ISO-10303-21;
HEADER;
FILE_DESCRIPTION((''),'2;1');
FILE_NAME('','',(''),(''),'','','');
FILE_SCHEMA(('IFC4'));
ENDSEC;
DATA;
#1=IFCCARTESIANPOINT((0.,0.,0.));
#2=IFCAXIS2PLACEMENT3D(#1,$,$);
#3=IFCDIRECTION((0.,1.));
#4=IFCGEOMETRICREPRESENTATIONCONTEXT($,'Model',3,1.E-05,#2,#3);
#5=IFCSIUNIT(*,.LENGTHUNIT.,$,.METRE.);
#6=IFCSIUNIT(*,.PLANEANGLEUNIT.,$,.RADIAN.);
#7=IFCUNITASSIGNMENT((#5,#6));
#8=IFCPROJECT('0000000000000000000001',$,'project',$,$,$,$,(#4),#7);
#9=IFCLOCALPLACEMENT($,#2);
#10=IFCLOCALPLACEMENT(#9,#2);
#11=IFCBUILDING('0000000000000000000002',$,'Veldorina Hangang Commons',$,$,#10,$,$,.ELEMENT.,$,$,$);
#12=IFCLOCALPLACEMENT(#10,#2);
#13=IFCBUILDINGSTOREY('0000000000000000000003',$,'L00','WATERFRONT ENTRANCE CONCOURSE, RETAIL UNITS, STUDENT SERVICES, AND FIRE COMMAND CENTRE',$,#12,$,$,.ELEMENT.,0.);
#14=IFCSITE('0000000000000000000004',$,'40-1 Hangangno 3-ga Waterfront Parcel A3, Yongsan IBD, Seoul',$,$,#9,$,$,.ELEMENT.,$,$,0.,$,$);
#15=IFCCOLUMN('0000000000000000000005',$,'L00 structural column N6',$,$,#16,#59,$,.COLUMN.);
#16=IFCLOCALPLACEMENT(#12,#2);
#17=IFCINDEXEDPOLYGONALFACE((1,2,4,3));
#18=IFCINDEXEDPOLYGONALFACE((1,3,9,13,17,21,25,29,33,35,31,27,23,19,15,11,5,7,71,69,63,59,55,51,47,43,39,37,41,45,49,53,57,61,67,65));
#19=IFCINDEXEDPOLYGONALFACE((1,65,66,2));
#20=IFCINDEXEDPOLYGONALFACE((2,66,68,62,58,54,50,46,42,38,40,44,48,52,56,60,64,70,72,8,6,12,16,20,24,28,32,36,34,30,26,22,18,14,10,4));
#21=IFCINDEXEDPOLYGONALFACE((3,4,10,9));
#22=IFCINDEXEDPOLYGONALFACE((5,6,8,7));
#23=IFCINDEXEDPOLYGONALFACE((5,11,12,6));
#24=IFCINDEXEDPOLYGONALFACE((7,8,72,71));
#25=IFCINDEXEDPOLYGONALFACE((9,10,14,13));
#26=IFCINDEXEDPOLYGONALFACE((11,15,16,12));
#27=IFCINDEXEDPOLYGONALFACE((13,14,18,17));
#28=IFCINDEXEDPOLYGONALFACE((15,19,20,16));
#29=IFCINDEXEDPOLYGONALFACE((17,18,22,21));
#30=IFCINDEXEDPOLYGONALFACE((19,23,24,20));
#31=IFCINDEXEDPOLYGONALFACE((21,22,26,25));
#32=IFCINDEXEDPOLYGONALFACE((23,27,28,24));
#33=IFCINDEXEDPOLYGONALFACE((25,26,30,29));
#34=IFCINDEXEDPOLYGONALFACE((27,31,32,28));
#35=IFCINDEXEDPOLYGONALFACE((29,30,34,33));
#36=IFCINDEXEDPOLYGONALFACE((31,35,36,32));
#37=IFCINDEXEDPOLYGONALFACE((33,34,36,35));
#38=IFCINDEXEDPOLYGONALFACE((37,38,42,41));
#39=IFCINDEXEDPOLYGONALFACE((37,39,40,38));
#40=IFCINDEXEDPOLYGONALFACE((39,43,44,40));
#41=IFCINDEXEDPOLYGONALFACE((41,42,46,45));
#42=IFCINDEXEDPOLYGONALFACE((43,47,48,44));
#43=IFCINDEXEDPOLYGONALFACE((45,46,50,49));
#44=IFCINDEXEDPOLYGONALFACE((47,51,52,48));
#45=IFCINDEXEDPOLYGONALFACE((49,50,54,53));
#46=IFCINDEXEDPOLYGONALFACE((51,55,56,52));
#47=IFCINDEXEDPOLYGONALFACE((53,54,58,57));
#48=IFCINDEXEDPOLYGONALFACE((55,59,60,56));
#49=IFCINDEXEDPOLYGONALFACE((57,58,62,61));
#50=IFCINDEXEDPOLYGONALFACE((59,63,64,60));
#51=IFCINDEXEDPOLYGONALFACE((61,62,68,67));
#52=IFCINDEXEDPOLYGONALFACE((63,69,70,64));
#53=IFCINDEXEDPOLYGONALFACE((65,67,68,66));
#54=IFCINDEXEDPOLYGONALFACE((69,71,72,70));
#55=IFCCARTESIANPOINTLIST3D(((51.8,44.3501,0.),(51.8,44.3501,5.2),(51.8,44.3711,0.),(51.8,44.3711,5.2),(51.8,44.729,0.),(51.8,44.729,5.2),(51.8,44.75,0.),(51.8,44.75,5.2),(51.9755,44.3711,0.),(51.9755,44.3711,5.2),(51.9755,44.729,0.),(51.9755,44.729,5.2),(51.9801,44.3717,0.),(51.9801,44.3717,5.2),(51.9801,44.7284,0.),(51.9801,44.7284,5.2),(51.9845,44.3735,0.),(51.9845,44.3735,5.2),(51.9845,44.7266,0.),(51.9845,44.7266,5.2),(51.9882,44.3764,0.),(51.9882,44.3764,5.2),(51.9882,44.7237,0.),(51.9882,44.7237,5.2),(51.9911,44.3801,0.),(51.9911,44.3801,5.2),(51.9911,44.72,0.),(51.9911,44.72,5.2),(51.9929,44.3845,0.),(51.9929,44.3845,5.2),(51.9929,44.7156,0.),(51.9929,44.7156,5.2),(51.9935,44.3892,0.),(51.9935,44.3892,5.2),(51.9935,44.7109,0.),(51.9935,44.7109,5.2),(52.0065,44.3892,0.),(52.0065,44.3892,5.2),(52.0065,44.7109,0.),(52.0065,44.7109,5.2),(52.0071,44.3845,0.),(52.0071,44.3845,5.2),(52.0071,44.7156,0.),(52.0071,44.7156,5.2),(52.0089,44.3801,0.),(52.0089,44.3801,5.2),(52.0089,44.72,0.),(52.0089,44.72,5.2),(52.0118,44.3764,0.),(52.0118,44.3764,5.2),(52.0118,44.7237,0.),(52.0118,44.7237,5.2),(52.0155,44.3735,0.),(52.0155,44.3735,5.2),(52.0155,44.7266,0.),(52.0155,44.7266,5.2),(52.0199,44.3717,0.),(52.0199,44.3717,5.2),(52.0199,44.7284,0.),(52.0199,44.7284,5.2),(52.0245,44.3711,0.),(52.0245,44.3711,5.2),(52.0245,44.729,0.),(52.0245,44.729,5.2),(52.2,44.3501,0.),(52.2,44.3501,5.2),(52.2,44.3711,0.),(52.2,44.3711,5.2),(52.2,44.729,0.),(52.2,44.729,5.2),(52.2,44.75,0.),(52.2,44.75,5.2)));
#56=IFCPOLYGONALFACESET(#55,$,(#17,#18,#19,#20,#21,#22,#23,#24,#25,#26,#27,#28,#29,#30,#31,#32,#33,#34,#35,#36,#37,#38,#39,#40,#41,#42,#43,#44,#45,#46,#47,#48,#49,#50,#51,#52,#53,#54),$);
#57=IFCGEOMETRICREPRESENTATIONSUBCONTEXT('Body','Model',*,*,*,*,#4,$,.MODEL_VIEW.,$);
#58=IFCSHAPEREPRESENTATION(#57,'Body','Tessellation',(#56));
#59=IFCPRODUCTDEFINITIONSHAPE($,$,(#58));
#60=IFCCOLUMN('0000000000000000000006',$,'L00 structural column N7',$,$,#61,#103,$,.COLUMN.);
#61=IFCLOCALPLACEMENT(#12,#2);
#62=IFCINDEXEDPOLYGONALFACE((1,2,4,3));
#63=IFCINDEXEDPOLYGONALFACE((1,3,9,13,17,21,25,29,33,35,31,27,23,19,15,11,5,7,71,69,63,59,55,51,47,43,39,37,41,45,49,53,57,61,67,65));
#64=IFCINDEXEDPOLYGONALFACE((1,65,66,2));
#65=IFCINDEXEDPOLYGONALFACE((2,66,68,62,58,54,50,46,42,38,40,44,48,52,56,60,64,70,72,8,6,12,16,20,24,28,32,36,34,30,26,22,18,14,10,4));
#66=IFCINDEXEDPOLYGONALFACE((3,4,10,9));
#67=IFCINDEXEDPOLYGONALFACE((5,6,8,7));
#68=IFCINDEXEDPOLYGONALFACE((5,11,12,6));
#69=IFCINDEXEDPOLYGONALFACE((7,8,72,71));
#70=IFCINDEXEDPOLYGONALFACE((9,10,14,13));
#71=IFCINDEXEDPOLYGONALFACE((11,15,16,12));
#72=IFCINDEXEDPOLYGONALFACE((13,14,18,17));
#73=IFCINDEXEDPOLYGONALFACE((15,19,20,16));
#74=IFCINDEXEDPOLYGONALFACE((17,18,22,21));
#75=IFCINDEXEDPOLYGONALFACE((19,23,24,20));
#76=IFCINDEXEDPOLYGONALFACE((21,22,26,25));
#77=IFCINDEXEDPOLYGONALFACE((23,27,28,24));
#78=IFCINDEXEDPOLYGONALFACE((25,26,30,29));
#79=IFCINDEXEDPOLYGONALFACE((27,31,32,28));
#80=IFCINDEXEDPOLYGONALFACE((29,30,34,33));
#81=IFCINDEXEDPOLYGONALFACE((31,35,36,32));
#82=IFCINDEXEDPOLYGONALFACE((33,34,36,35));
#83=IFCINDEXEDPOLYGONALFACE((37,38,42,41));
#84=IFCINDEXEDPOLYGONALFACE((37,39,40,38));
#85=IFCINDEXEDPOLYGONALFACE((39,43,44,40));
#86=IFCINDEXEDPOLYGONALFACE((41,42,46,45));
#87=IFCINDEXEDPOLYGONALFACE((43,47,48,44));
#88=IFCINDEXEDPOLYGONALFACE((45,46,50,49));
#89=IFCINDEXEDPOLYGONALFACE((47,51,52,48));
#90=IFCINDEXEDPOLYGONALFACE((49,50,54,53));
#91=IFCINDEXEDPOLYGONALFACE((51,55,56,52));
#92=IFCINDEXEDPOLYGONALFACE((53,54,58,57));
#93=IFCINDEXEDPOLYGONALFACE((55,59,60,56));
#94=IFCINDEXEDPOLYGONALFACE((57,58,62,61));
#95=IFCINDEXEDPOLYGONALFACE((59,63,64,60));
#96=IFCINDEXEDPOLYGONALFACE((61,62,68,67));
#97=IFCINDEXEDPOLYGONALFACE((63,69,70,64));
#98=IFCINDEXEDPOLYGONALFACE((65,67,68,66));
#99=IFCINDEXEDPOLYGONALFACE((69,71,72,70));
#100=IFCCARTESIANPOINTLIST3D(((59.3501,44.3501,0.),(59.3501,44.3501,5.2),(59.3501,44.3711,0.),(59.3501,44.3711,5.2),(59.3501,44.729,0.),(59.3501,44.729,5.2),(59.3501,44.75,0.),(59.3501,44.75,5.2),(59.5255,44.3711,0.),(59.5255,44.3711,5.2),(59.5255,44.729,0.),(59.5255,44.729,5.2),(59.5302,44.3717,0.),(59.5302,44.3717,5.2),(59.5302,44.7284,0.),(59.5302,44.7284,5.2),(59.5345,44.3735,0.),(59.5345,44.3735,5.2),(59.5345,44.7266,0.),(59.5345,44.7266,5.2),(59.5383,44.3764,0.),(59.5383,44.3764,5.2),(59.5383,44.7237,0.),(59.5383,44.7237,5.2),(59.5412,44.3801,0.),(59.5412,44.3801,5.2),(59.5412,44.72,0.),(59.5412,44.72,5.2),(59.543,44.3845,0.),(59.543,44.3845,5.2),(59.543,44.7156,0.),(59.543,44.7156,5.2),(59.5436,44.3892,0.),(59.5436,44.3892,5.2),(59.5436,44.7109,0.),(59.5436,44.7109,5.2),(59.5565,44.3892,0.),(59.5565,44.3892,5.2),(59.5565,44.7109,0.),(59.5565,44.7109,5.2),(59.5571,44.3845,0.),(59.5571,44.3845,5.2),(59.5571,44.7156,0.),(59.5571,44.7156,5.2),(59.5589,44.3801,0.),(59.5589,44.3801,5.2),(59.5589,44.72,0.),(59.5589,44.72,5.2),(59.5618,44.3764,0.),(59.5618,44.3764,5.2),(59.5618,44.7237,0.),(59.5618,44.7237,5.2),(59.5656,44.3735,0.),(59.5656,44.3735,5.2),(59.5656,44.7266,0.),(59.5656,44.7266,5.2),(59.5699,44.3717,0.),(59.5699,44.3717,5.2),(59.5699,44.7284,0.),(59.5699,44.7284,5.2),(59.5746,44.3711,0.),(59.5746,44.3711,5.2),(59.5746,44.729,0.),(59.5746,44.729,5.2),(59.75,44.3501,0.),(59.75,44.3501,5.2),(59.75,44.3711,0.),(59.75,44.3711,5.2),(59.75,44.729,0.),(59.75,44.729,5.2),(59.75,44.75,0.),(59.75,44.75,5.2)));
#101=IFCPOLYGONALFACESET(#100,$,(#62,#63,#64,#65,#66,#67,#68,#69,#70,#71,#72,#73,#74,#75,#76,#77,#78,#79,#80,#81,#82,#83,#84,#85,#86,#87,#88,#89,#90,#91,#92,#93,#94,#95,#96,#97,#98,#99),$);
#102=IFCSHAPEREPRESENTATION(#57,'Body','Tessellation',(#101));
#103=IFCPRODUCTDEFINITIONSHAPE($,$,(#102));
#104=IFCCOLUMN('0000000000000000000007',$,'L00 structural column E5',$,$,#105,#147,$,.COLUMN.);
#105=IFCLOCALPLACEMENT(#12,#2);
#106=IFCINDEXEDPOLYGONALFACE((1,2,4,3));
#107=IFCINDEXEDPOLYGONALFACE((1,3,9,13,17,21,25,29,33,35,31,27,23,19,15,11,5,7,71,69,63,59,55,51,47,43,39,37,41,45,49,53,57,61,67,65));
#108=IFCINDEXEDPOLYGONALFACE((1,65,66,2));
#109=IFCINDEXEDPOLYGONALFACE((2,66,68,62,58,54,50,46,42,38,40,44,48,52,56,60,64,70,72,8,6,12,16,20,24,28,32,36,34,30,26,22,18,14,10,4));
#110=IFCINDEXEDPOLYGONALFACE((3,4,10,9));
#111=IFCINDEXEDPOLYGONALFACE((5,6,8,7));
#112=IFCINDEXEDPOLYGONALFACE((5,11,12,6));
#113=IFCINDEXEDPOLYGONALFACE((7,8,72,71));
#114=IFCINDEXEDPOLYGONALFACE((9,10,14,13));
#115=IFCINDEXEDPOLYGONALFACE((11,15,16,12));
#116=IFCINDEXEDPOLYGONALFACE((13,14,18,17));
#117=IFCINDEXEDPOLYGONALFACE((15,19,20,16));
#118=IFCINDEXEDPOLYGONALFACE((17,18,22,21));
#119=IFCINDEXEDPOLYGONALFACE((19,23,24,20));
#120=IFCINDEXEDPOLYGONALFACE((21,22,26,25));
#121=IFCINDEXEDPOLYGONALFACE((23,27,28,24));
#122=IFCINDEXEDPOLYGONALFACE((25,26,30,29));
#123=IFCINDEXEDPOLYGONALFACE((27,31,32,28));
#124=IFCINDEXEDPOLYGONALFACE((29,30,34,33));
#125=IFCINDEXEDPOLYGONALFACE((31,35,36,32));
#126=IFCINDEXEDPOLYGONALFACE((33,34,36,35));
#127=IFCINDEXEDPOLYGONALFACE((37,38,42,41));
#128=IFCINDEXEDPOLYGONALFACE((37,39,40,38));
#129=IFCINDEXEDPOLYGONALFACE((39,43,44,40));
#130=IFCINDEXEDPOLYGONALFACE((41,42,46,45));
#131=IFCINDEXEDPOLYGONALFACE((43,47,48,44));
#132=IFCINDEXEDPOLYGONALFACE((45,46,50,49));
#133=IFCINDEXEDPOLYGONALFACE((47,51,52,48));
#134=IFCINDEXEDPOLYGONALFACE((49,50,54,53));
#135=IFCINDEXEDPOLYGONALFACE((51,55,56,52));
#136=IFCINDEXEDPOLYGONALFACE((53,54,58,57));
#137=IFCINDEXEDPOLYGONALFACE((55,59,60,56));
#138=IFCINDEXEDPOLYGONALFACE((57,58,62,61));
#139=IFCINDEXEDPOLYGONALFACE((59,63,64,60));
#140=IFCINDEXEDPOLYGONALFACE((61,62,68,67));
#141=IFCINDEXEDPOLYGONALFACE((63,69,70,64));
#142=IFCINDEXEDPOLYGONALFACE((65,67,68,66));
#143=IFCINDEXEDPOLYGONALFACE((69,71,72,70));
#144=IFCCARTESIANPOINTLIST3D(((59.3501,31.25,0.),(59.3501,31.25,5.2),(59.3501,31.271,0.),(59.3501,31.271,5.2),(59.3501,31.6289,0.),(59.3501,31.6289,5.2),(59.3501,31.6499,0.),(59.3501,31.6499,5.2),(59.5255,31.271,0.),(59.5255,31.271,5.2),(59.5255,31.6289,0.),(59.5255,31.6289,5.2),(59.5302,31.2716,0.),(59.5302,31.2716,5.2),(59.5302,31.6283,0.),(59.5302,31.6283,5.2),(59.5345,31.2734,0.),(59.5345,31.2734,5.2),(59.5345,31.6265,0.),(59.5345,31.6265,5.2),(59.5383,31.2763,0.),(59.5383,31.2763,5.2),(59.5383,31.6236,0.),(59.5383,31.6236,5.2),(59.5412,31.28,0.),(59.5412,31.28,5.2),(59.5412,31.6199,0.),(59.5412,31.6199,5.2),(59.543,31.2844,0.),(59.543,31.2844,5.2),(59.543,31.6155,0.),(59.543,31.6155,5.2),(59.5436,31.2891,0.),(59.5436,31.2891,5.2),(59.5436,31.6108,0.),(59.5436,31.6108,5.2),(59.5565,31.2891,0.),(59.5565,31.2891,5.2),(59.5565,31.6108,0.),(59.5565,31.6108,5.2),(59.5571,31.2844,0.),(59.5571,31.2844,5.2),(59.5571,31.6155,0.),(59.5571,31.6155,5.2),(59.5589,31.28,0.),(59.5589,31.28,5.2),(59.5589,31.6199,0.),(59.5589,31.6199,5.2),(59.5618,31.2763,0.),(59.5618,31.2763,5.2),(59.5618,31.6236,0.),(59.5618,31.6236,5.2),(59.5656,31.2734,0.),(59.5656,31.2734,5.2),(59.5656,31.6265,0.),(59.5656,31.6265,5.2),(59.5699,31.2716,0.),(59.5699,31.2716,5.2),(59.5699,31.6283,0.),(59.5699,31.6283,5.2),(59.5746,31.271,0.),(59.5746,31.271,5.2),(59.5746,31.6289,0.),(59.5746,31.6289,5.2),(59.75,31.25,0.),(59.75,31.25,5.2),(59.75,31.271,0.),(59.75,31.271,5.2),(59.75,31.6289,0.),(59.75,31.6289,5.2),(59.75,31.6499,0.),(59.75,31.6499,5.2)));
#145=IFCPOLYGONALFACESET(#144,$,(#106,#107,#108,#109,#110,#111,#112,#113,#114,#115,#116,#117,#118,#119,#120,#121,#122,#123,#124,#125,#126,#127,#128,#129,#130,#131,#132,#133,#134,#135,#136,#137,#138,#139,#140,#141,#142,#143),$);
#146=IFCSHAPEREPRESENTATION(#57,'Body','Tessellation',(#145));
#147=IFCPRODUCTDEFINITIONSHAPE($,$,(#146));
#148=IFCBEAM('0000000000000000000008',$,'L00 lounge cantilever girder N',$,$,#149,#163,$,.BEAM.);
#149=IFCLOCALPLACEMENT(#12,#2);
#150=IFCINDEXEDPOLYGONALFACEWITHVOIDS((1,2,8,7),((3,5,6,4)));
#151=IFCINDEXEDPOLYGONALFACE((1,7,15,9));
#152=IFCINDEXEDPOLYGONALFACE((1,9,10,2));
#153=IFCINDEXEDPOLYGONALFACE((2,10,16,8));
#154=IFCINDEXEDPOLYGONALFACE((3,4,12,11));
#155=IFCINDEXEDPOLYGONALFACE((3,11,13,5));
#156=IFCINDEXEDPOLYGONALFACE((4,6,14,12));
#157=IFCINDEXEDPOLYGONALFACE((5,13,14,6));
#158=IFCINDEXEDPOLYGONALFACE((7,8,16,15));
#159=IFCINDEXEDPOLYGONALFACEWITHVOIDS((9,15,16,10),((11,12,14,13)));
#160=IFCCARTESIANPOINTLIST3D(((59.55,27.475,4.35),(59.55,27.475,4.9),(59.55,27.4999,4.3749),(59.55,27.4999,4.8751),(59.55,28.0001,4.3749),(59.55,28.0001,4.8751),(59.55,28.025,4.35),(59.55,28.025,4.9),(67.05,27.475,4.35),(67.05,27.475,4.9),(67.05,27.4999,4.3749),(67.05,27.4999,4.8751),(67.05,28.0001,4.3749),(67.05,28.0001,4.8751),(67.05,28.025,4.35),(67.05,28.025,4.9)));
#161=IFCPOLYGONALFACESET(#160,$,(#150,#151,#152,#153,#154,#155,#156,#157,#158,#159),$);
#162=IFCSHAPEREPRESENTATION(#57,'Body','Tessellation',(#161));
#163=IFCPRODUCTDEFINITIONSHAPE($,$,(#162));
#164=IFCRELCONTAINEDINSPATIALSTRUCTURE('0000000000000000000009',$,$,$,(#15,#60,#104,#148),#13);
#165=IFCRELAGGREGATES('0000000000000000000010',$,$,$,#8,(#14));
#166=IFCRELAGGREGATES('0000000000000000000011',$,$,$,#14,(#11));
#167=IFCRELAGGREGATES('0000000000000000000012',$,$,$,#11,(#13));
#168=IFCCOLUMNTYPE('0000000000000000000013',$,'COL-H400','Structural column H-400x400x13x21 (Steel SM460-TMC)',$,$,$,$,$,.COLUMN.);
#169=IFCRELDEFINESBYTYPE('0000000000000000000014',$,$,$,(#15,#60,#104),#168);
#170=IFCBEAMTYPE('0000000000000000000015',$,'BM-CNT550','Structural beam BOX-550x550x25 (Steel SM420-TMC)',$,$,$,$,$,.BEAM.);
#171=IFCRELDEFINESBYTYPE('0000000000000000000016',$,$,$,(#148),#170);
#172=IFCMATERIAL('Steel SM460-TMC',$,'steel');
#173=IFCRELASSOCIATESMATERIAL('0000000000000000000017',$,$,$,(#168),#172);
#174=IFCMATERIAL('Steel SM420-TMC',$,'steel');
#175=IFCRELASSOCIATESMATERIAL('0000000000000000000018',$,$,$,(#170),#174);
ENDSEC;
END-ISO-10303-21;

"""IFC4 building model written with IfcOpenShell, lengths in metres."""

from ifc_helpers import new_model, si_unit, direction, frame, origin, origin_2d, place, context, subcontext, project, spatial, hollow_rectangle, i_section, extrude, material, material_profile, profile_set, type_object, element, save


model = new_model("IFC4")

# Units and contexts
model_context = context("Model", 3, precision=1e-05, world=origin(), true_north=direction((0.0, 1.0)))
body_context = subcontext(model_context, "Body", "Model", "MODEL_VIEW")
ifc_project = project(units=[si_unit("LENGTHUNIT", "METRE"), si_unit("PLANEANGLEUNIT", "RADIAN")], contexts=[model_context])

# Site, building, storey
site_placement = place(None, origin())
site = spatial("IfcSite", under=ifc_project, at=site_placement, Name="40-1 Hangangno 3-ga Waterfront Parcel A3, Yongsan IBD, Seoul", CompositionType="ELEMENT", RefElevation=0.0)
building_placement = place(site_placement, origin())
building = spatial("IfcBuilding", under=site, at=building_placement, Name="Veldorina Hangang Commons", CompositionType="ELEMENT")
storey_placement = place(building_placement, origin())
storey = spatial("IfcBuildingStorey", under=building, at=storey_placement, Name="L00", Description="WATERFRONT ENTRANCE CONCOURSE, RETAIL UNITS, STUDENT SERVICES, AND FIRE COMMAND CENTRE", CompositionType="ELEMENT", Elevation=0.0)

# Columns
ifc_material_1 = material(Name="Steel SM460-TMC", Category="steel")
ifc_material_profile_1 = material_profile(ifc_material_1, i_section(OverallWidth=0.3999, OverallDepth=0.3999, WebThickness=0.0129, FlangeThickness=0.021, FilletRadius=0.0181, at=origin_2d()), Name="H-400x400x13x21")
ifc_profile_set_1 = profile_set([ifc_material_profile_1], Name="Steel SM460-TMC")
column_type = type_object("IfcColumnType", Name="COL-H400", Description="Structural column H-400x400x13x21 (Steel SM460-TMC)", PredefinedType="COLUMN", material=ifc_profile_set_1)
for number, where, z_axis, x_axis, name in (
    (1, (52.0, 44.55, 0.0), (0.0, 0.0, 1.0), (1.0, 0.0, 0.0), "L00 structural column N6"),
    (2, (59.55, 44.55, 0.0), (0.0, 0.0, 1.0), (1.0, 0.0, 0.0), "L00 structural column N7"),
    (3, (59.55, 31.45, 0.0), (0.0, 0.0, 1.0), (1.0, 0.0, 0.0), "L00 structural column E5"),
):
    element("IfcColumn", number, at=place(storey_placement, frame(where, z_axis=z_axis, x_axis=x_axis)), inside=storey, type_object=column_type, Name=name, PredefinedType="COLUMN", context=body_context, shape_type="SweptSolid", body=[
        extrude(i_section(OverallWidth=0.3999, OverallDepth=0.3999, WebThickness=0.0129, FlangeThickness=0.021, FilletRadius=0.0181, at=origin_2d()), origin(), (0.0, 0.0, 1.0), 5.2),
    ])

# Beam
ifc_material_2 = material(Name="Steel SM420-TMC", Category="steel")
ifc_material_profile_2 = material_profile(ifc_material_2, hollow_rectangle(XDim=0.55, YDim=0.55, WallThickness=0.0249, at=origin_2d()), Name="BOX-550x550x25")
ifc_profile_set_2 = profile_set([ifc_material_profile_2], Name="Steel SM420-TMC")
beam_type_1 = type_object("IfcBeamType", Name="BM-CNT550", Description="Structural beam BOX-550x550x25 (Steel SM420-TMC)", PredefinedType="BEAM", material=ifc_profile_set_2)
beam_1_placement = place(storey_placement, frame((59.55, 27.75, 4.625), z_axis=(1.0, 0.0, 0.0), x_axis=(0.0, 1.0, 0.0)))
element("IfcBeam", 4, at=beam_1_placement, inside=storey, type_object=beam_type_1, Name="L00 lounge cantilever girder N", PredefinedType="BEAM", context=body_context, shape_type="SweptSolid", body=[
    extrude(hollow_rectangle(XDim=0.55, YDim=0.55, WallThickness=0.0249, at=origin_2d()), origin(), (0.0, 0.0, 1.0), 7.5),
])

save(model, "model.ifc")
